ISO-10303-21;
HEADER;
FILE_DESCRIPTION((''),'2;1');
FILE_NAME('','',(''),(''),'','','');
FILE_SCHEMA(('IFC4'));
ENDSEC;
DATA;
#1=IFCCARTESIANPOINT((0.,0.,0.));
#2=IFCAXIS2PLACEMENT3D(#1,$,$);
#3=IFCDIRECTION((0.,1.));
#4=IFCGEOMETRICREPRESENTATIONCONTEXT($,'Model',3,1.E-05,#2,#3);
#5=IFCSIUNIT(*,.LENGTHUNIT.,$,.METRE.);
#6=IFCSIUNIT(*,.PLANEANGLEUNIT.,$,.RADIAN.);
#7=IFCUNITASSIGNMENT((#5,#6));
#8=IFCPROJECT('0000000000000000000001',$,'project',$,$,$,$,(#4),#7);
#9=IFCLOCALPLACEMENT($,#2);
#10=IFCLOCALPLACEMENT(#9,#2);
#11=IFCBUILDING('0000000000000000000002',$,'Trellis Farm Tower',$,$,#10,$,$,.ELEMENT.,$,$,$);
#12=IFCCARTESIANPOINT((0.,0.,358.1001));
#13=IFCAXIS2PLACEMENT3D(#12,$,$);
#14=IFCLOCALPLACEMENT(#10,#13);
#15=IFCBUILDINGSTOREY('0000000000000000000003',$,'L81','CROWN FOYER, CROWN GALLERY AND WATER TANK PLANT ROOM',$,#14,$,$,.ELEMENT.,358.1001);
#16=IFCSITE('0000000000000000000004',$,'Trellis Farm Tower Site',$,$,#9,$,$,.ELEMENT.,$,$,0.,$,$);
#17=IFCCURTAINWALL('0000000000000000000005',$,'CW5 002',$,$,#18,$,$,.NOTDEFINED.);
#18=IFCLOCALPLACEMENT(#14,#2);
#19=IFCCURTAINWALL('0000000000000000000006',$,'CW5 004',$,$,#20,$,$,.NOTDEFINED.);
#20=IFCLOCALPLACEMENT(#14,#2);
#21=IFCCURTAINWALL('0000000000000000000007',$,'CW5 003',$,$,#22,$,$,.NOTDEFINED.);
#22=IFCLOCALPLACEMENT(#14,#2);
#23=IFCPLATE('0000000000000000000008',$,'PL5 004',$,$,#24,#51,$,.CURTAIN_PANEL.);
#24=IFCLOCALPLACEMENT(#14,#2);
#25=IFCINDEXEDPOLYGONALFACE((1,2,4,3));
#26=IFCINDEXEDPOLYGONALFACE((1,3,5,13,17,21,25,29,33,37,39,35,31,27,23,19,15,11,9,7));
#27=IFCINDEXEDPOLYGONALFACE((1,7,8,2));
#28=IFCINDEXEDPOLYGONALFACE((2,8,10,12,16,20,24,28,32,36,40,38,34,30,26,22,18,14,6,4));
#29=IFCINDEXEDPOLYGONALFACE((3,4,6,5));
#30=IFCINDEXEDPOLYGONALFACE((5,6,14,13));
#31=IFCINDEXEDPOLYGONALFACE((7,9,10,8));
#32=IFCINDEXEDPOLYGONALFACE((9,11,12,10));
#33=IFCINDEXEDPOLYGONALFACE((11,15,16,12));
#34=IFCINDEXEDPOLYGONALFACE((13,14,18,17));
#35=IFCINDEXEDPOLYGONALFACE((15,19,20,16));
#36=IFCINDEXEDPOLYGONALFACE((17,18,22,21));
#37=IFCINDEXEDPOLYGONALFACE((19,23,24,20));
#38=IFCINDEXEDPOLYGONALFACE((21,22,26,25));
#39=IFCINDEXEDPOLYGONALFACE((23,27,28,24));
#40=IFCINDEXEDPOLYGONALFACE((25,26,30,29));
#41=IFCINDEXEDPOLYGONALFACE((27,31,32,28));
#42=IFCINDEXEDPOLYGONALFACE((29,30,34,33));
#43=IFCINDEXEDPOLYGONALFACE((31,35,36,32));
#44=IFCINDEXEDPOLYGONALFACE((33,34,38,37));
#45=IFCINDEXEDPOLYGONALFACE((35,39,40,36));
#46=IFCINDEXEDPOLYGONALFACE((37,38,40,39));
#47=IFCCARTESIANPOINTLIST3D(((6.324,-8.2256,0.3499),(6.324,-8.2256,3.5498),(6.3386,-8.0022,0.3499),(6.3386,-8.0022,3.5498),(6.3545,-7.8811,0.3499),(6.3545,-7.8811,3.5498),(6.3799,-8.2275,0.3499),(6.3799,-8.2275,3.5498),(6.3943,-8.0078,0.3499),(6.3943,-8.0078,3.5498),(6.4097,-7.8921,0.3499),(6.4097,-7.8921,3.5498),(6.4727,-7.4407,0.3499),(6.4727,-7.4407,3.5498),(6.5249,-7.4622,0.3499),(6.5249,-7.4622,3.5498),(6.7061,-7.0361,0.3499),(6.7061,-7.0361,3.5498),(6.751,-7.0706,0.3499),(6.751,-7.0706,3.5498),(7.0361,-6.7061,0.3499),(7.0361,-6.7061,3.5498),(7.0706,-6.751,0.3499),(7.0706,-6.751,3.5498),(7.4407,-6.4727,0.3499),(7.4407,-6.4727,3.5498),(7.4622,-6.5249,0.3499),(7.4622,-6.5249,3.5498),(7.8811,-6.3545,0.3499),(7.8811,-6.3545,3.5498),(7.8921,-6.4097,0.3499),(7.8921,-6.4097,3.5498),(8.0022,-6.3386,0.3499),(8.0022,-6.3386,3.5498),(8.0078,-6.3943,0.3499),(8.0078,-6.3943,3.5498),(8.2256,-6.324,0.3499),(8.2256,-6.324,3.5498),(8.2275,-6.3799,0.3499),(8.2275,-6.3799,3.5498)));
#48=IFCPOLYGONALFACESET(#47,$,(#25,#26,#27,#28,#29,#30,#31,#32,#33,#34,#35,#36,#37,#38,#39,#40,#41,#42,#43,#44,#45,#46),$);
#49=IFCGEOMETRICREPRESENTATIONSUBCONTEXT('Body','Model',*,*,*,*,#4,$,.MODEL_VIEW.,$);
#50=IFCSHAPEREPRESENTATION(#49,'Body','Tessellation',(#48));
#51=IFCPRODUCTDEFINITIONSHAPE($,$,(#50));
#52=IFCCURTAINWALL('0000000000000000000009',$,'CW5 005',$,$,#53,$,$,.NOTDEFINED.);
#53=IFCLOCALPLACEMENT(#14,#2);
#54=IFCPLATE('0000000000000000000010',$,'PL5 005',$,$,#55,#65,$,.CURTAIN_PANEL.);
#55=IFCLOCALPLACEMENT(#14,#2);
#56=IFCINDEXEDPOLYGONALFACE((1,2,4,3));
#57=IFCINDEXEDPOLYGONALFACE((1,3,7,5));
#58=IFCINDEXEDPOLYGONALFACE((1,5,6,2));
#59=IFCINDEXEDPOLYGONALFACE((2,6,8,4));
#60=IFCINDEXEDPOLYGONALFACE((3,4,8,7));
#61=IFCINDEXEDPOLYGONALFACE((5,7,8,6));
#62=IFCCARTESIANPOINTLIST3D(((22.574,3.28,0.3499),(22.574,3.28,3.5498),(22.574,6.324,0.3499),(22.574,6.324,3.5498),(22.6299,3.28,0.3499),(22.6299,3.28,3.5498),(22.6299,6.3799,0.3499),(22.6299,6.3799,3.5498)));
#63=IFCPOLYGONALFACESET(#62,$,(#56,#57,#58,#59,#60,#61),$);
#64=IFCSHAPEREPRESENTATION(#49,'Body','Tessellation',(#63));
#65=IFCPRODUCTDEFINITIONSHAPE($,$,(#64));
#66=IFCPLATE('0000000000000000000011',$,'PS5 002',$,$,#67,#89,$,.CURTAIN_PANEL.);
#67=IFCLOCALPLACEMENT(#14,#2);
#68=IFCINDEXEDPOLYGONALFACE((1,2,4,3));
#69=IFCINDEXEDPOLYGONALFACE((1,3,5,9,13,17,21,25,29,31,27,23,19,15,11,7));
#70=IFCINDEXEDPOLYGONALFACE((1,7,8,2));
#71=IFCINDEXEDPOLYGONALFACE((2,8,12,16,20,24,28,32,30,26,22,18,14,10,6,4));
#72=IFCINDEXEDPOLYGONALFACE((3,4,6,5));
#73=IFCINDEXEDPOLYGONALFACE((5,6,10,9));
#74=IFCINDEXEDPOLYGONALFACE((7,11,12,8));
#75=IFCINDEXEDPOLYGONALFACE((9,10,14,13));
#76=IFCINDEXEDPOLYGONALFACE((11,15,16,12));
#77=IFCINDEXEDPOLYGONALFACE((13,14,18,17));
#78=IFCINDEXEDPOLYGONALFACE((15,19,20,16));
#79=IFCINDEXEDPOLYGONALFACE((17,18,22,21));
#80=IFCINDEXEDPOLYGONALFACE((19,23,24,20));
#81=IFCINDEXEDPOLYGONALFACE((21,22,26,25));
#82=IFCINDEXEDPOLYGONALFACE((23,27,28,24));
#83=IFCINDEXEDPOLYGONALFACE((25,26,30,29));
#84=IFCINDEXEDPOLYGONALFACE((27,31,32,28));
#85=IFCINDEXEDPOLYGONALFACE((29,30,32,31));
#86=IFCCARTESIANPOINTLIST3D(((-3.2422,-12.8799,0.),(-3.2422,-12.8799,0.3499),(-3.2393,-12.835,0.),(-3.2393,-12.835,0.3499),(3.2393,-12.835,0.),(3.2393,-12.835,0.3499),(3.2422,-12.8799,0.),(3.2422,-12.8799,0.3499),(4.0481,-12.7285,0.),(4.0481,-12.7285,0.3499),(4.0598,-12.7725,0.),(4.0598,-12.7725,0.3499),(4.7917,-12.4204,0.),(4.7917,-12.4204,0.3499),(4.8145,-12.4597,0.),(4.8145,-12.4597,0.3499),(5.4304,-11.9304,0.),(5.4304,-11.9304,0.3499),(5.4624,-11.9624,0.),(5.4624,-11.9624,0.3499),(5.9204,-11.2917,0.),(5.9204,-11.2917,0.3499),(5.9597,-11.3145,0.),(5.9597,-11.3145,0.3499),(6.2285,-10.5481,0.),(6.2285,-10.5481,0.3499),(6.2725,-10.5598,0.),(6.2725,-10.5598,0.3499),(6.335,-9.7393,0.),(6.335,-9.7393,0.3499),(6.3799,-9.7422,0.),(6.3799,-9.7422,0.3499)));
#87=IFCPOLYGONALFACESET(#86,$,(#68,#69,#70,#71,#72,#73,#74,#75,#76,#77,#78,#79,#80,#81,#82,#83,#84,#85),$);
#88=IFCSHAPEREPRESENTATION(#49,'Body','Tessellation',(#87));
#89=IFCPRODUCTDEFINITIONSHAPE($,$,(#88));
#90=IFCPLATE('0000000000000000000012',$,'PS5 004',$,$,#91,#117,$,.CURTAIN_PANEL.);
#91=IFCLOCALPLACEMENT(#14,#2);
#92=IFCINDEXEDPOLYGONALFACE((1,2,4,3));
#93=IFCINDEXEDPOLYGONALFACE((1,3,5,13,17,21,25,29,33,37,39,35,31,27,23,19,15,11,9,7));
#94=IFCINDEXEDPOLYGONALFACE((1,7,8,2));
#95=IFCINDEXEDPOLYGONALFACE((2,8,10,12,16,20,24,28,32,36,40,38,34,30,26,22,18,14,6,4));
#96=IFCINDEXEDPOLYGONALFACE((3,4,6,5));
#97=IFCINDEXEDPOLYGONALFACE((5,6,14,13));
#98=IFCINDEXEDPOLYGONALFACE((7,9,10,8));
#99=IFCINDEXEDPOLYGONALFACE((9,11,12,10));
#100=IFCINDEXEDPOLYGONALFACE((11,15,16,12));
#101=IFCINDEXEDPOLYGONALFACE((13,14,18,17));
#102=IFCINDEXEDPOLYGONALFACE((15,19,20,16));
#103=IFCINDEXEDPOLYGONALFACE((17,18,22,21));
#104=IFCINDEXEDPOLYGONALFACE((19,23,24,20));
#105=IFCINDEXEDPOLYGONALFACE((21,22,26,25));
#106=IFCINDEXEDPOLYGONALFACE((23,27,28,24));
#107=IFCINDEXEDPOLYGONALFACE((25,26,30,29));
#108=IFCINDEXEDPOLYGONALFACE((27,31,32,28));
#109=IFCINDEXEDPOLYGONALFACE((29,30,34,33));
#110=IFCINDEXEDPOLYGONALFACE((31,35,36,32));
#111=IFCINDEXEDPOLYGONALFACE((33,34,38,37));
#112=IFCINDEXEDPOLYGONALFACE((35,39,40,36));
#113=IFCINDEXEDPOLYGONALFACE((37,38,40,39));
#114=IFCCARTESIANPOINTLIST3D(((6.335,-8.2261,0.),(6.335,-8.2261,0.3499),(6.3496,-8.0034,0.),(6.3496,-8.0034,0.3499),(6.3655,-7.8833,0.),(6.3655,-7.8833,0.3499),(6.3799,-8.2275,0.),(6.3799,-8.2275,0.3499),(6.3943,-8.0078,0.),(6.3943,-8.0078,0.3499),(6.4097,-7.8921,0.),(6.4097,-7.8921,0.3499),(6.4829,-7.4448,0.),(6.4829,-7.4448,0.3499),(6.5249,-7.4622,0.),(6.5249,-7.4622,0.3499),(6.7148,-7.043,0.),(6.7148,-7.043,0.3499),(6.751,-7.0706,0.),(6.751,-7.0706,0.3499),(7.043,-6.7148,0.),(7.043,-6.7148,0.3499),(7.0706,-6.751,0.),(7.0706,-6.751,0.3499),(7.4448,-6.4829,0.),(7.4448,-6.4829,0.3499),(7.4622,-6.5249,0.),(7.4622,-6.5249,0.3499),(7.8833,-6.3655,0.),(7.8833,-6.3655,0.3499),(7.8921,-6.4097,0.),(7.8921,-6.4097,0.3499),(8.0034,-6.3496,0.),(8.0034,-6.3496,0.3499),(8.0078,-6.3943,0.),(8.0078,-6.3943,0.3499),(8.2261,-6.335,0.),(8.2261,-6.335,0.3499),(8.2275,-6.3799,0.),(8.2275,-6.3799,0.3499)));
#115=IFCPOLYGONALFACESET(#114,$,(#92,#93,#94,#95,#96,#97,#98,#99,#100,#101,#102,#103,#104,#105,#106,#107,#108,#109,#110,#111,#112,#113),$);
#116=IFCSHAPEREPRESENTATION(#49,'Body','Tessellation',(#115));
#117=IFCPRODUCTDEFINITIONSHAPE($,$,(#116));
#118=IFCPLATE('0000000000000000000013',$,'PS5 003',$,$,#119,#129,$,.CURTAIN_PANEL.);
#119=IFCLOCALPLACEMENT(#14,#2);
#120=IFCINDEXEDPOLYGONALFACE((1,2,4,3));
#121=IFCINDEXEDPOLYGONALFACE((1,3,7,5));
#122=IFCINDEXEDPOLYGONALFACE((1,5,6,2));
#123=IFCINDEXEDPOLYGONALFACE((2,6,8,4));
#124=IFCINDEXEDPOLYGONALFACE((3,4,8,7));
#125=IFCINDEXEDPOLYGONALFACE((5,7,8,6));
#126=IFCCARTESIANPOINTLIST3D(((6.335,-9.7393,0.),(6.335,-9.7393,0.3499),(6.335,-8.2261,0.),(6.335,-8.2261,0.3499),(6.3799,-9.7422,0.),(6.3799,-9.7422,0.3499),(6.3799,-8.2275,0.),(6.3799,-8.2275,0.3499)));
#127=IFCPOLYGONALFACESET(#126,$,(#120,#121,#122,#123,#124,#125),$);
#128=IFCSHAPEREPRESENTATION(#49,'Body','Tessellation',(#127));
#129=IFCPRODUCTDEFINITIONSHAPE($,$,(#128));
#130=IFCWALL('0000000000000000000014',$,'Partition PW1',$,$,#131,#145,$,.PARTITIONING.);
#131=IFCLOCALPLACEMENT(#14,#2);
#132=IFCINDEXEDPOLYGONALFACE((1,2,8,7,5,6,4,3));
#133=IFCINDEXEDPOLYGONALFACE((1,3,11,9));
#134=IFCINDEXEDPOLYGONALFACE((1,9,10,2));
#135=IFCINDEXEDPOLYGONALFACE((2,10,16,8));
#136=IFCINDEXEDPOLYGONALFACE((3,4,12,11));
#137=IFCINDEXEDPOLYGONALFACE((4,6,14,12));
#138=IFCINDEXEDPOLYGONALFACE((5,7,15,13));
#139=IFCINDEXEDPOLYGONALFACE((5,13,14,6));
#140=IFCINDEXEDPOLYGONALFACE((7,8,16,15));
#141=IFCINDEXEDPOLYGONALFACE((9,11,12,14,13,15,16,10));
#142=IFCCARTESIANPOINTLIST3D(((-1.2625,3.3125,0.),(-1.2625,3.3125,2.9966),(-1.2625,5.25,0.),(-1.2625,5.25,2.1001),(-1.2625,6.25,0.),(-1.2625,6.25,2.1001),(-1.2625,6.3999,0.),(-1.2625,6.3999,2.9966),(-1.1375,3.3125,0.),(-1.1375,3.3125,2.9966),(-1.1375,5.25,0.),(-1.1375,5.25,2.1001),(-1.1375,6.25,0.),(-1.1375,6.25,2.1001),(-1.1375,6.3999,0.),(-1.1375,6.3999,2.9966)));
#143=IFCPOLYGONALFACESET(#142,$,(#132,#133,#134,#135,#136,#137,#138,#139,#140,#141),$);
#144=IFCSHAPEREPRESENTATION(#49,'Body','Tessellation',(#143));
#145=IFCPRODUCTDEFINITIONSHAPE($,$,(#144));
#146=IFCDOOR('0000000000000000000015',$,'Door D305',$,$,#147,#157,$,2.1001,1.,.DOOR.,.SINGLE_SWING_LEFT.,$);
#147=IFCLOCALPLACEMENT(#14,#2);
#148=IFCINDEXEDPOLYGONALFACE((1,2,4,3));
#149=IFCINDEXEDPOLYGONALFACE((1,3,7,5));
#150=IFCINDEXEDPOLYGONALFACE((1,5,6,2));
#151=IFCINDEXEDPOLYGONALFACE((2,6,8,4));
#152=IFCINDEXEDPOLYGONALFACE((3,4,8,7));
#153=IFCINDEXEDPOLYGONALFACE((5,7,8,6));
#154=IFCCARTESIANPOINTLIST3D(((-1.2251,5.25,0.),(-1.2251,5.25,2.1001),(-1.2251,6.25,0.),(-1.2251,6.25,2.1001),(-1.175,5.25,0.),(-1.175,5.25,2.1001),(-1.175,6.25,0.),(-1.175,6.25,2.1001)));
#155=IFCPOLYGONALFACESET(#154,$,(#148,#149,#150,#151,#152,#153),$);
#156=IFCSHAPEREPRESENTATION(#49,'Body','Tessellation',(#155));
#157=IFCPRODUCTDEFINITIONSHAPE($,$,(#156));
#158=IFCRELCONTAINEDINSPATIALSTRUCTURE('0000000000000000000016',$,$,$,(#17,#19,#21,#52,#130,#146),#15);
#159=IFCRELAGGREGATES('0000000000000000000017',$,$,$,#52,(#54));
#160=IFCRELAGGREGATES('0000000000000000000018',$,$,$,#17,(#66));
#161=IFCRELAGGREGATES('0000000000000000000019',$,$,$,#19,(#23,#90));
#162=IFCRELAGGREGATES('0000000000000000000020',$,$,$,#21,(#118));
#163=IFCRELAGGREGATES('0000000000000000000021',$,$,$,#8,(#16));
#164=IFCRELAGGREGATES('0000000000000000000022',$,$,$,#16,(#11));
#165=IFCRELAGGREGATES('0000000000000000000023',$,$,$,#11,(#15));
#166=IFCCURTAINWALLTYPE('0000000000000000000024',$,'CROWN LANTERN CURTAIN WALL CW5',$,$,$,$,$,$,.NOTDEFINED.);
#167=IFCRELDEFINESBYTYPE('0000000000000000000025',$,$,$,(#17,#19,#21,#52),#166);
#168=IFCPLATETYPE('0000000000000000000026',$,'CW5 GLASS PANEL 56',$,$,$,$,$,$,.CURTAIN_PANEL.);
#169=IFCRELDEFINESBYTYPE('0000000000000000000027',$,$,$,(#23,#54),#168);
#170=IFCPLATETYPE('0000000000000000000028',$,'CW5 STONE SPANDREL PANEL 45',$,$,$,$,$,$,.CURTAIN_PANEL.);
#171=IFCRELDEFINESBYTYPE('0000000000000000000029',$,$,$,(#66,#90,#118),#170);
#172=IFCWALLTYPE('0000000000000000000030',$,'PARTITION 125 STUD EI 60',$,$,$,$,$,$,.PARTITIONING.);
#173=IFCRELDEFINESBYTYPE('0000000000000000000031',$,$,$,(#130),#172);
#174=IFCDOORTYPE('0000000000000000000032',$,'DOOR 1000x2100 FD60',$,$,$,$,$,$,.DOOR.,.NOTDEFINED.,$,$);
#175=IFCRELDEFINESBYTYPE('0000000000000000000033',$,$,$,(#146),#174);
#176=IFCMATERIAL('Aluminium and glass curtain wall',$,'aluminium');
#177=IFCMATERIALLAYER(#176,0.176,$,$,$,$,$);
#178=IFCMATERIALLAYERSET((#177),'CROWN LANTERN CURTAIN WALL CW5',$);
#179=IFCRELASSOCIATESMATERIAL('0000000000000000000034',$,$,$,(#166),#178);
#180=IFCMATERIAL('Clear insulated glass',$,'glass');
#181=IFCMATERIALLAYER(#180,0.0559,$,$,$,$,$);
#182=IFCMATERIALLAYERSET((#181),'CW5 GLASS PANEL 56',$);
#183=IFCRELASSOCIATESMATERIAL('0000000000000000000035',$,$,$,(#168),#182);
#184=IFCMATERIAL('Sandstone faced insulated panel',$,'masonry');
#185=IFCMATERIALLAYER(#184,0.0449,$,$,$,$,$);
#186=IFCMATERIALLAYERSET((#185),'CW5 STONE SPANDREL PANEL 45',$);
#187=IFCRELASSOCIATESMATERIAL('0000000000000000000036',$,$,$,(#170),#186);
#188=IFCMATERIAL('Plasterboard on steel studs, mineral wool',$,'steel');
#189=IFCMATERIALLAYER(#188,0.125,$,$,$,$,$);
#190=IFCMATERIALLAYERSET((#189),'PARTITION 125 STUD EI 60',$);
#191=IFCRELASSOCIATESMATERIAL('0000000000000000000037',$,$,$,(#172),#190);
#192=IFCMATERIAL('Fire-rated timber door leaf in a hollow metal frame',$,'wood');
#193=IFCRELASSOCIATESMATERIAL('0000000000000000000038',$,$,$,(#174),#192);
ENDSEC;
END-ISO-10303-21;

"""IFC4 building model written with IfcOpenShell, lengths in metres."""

from ifc_helpers import new_model, si_unit, direction, frame, frame_2d, origin, place, context, subcontext, project, spatial, polyline, rectangle, outline, extrude, source, transform, mapped, material, layer, layer_set, type_object, element, fill, aggregate, save


model = new_model("IFC4")

# Units and contexts
model_context = context("Model", 3, precision=1e-05, world=origin(), true_north=direction((0.0, 1.0)))
body_context = subcontext(model_context, "Body", "Model", "MODEL_VIEW")
ifc_project = project(units=[si_unit("LENGTHUNIT", "METRE"), si_unit("PLANEANGLEUNIT", "RADIAN")], contexts=[model_context])

# Site, building, storey
site_placement = place(None, origin())
site = spatial("IfcSite", under=ifc_project, at=site_placement, Name="Trellis Farm Tower Site", CompositionType="ELEMENT", RefElevation=0.0)
building_placement = place(site_placement, origin())
building = spatial("IfcBuilding", under=site, at=building_placement, Name="Trellis Farm Tower", CompositionType="ELEMENT")
storey_placement = place(building_placement, frame((0.0, 0.0, 358.1001)))
storey = spatial("IfcBuildingStorey", under=building, at=storey_placement, Name="L81", Description="CROWN FOYER, CROWN GALLERY AND WATER TANK PLANT ROOM", CompositionType="ELEMENT", Elevation=358.1001)

# Curtain wall
ifc_material_1 = material(Name="Aluminium and glass curtain wall", Category="aluminium")
ifc_layer_1 = layer(ifc_material_1, 0.176)
ifc_layer_set_1 = layer_set([ifc_layer_1], Name="CROWN LANTERN CURTAIN WALL CW5")
curtain_wall_type = type_object("IfcCurtainWallType", Name="CROWN LANTERN CURTAIN WALL CW5", PredefinedType="NOTDEFINED", material=ifc_layer_set_1)
placement_1 = place(storey_placement, origin())
curtain_wall_1 = element("IfcCurtainWall", 1, at=placement_1, inside=storey, type_object=curtain_wall_type, Name="CW5 002", PredefinedType="NOTDEFINED")

# Curtain wall
curtain_wall_2 = element("IfcCurtainWall", 2, at=placement_1, inside=storey, type_object=curtain_wall_type, Name="CW5 004", PredefinedType="NOTDEFINED")

# Curtain wall
curtain_wall_3 = element("IfcCurtainWall", 3, at=placement_1, inside=storey, type_object=curtain_wall_type, Name="CW5 003", PredefinedType="NOTDEFINED")
ifc_material_2 = material(Name="Clear insulated glass", Category="glass")
ifc_layer_2 = layer(ifc_material_2, 0.0559)
ifc_layer_set_2 = layer_set([ifc_layer_2], Name="CW5 GLASS PANEL 56")
plate_type_1 = type_object("IfcPlateType", Name="CW5 GLASS PANEL 56", PredefinedType="CURTAIN_PANEL", material=ifc_layer_set_2)
placement_2 = place(storey_placement, frame((0.0, 0.0, 0.3499)))

# Plate
plate_1 = element("IfcPlate", 4, at=placement_2, type_object=plate_type_1, Name="PL5 004", PredefinedType="CURTAIN_PANEL", context=body_context, shape_type="SweptSolid", body=[
    extrude(outline(polyline([(6.3799, -8.2275), (6.3943, -8.0078), (6.4097, -7.8921), (6.5249, -7.4622), (6.751, -7.0706), (7.0706, -6.751), (7.4622, -6.5249), (7.8921, -6.4097), (8.0078, -6.3943), (8.2275, -6.3799), (8.2256, -6.324), (8.0022, -6.3386), (7.8811, -6.3545), (7.4407, -6.4727), (7.0361, -6.7061), (6.7061, -7.0361), (6.4727, -7.4407), (6.3545, -7.8811), (6.3386, -8.0022), (6.324, -8.2256), (6.3799, -8.2275)])), origin(), (0.0, 0.0, 1.0), 3.2),
])

# Curtain wall, plate
curtain_wall_4 = element("IfcCurtainWall", 5, at=placement_1, inside=storey, type_object=curtain_wall_type, Name="CW5 005", PredefinedType="NOTDEFINED")
plate_2 = element("IfcPlate", 6, at=placement_2, type_object=plate_type_1, Name="PL5 005", PredefinedType="CURTAIN_PANEL", context=body_context, shape_type="SweptSolid", body=[
    extrude(outline(polyline([(22.6299, 3.28), (22.6299, 6.3799), (22.574, 6.324), (22.574, 3.28), (22.6299, 3.28)])), origin(), (0.0, 0.0, 1.0), 3.2),
])
aggregate(curtain_wall_4, [plate_2])

# Plates
ifc_material_3 = material(Name="Sandstone faced insulated panel", Category="masonry")
ifc_layer_3 = layer(ifc_material_3, 0.0449)
ifc_layer_set_3 = layer_set([ifc_layer_3], Name="CW5 STONE SPANDREL PANEL 45")
plate_type_2 = type_object("IfcPlateType", Name="CW5 STONE SPANDREL PANEL 45", PredefinedType="CURTAIN_PANEL", material=ifc_layer_set_3)
plate_3 = element("IfcPlate", 7, at=placement_1, type_object=plate_type_2, Name="PS5 002", PredefinedType="CURTAIN_PANEL", context=body_context, shape_type="SweptSolid", body=[
    extrude(outline(polyline([(-3.2422, -12.8799), (3.2422, -12.8799), (4.0598, -12.7725), (4.8145, -12.4597), (5.4624, -11.9624), (5.9597, -11.3145), (6.2725, -10.5598), (6.3799, -9.7422), (6.335, -9.7393), (6.2285, -10.5481), (5.9204, -11.2917), (5.4304, -11.9304), (4.7917, -12.4204), (4.0481, -12.7285), (3.2393, -12.835), (-3.2393, -12.835), (-3.2422, -12.8799)])), origin(), (0.0, 0.0, 1.0), 0.3499),
])
aggregate(curtain_wall_1, [plate_3])
shared_shape_1 = source(origin(), body_context, "Body", "SweptSolid", [
    extrude(outline(polyline([(6.3799, -8.2275), (6.3943, -8.0078), (6.4097, -7.8921), (6.5249, -7.4622), (6.751, -7.0706), (7.0706, -6.751), (7.4622, -6.5249), (7.8921, -6.4097), (8.0078, -6.3943), (8.2275, -6.3799), (8.2261, -6.335), (8.0034, -6.3496), (7.8833, -6.3655), (7.4448, -6.4829), (7.043, -6.7148), (6.7148, -7.043), (6.4829, -7.4448), (6.3655, -7.8833), (6.3496, -8.0034), (6.335, -8.2261), (6.3799, -8.2275)])), origin(), (0.0, 0.0, 1.0), 0.3499),
])
plate_4 = element("IfcPlate", 8, at=placement_1, type_object=plate_type_2, Name="PS5 004", PredefinedType="CURTAIN_PANEL", context=body_context, shape_type="MappedRepresentation", body=[
    mapped(shared_shape_1, transform((0.0, 0.0, 0.0))),
])
aggregate(curtain_wall_2, [plate_1, plate_4])
shared_shape_2 = source(origin(), body_context, "Body", "SweptSolid", [
    extrude(outline(polyline([(6.3799, -9.7422), (6.3799, -8.2275), (6.335, -8.2261), (6.335, -9.7393), (6.3799, -9.7422)])), origin(), (0.0, 0.0, 1.0), 0.3499),
])
plate_5 = element("IfcPlate", 9, at=placement_1, type_object=plate_type_2, Name="PS5 003", PredefinedType="CURTAIN_PANEL", context=body_context, shape_type="MappedRepresentation", body=[
    mapped(shared_shape_2, transform((0.0, 0.0, 0.0))),
])
aggregate(curtain_wall_3, [plate_5])

# Wall, opening, door
ifc_material_4 = material(Name="Plasterboard on steel studs, mineral wool", Category="steel")
ifc_layer_4 = layer(ifc_material_4, 0.125)
ifc_layer_set_4 = layer_set([ifc_layer_4], Name="PARTITION 125 STUD EI 60")
wall_type = type_object("IfcWallType", Name="PARTITION 125 STUD EI 60", PredefinedType="PARTITIONING", material=ifc_layer_set_4)
shared_shape_3 = source(origin(), body_context, "Body", "SweptSolid", [
    extrude(rectangle(XDim=3.0874, YDim=0.125, at=frame_2d((1.5437, 0.0))), origin(), (0.0, 0.0, 1.0), 2.9966),
])
wall_1_placement = place(storey_placement, frame((-1.2, 6.3999, 0.0), z_axis=(0.0, 0.0, 1.0), x_axis=(0.0, -1.0, 0.0)))
wall_1 = element("IfcWall", 10, at=wall_1_placement, inside=storey, type_object=wall_type, Name="Partition PW1", PredefinedType="PARTITIONING", context=body_context, shape_type="MappedRepresentation", body=[
    mapped(shared_shape_3, transform((0.0, 0.0, 0.0))),
])
shared_shape_4 = source(origin(), body_context, "Body", "SweptSolid", [
    extrude(rectangle(XDim=1.0, YDim=2.1001, at=frame_2d((0.5, 1.05))), frame((0.0, 0.0725, 0.0), z_axis=(0.0, -1.0, 0.0), x_axis=(1.0, 0.0, 0.0)), (0.0, 0.0, 1.0), 0.145),
])
opening_1_placement = place(wall_1_placement, frame((0.1499, 0.0, 0.0)))
opening_1 = element("IfcOpeningElement", 11, at=opening_1_placement, cuts=wall_1, PredefinedType="OPENING", context=body_context, shape_type="MappedRepresentation", body=[
    mapped(shared_shape_4, transform((0.0, 0.0, 0.0))),
])
ifc_material_5 = material(Name="Fire-rated timber door leaf in a hollow metal frame", Category="wood")
door_type_1 = type_object("IfcDoorType", Name="DOOR 1000x2100 FD60", OperationType="NOTDEFINED", PredefinedType="DOOR", material=ifc_material_5)
shared_shape_5 = source(origin(), body_context, "Body", "SweptSolid", [
    extrude(rectangle(XDim=1.0, YDim=2.1001, at=frame_2d((0.5, 1.05))), frame((0.0, 0.0249, 0.0), z_axis=(0.0, -1.0, 0.0), x_axis=(1.0, 0.0, 0.0)), (0.0, 0.0, 1.0), 0.05),
])
door_1_placement = place(opening_1_placement, origin())
door_1 = element("IfcDoor", 12, at=door_1_placement, inside=storey, type_object=door_type_1, Name="Door D305", OperationType="SINGLE_SWING_LEFT", OverallHeight=2.1001, OverallWidth=1.0, PredefinedType="DOOR", context=body_context, shape_type="MappedRepresentation", body=[
    mapped(shared_shape_5, transform((0.0, 0.0, 0.0))),
])
fill(opening_1, door_1)

save(model, "model.ifc")
